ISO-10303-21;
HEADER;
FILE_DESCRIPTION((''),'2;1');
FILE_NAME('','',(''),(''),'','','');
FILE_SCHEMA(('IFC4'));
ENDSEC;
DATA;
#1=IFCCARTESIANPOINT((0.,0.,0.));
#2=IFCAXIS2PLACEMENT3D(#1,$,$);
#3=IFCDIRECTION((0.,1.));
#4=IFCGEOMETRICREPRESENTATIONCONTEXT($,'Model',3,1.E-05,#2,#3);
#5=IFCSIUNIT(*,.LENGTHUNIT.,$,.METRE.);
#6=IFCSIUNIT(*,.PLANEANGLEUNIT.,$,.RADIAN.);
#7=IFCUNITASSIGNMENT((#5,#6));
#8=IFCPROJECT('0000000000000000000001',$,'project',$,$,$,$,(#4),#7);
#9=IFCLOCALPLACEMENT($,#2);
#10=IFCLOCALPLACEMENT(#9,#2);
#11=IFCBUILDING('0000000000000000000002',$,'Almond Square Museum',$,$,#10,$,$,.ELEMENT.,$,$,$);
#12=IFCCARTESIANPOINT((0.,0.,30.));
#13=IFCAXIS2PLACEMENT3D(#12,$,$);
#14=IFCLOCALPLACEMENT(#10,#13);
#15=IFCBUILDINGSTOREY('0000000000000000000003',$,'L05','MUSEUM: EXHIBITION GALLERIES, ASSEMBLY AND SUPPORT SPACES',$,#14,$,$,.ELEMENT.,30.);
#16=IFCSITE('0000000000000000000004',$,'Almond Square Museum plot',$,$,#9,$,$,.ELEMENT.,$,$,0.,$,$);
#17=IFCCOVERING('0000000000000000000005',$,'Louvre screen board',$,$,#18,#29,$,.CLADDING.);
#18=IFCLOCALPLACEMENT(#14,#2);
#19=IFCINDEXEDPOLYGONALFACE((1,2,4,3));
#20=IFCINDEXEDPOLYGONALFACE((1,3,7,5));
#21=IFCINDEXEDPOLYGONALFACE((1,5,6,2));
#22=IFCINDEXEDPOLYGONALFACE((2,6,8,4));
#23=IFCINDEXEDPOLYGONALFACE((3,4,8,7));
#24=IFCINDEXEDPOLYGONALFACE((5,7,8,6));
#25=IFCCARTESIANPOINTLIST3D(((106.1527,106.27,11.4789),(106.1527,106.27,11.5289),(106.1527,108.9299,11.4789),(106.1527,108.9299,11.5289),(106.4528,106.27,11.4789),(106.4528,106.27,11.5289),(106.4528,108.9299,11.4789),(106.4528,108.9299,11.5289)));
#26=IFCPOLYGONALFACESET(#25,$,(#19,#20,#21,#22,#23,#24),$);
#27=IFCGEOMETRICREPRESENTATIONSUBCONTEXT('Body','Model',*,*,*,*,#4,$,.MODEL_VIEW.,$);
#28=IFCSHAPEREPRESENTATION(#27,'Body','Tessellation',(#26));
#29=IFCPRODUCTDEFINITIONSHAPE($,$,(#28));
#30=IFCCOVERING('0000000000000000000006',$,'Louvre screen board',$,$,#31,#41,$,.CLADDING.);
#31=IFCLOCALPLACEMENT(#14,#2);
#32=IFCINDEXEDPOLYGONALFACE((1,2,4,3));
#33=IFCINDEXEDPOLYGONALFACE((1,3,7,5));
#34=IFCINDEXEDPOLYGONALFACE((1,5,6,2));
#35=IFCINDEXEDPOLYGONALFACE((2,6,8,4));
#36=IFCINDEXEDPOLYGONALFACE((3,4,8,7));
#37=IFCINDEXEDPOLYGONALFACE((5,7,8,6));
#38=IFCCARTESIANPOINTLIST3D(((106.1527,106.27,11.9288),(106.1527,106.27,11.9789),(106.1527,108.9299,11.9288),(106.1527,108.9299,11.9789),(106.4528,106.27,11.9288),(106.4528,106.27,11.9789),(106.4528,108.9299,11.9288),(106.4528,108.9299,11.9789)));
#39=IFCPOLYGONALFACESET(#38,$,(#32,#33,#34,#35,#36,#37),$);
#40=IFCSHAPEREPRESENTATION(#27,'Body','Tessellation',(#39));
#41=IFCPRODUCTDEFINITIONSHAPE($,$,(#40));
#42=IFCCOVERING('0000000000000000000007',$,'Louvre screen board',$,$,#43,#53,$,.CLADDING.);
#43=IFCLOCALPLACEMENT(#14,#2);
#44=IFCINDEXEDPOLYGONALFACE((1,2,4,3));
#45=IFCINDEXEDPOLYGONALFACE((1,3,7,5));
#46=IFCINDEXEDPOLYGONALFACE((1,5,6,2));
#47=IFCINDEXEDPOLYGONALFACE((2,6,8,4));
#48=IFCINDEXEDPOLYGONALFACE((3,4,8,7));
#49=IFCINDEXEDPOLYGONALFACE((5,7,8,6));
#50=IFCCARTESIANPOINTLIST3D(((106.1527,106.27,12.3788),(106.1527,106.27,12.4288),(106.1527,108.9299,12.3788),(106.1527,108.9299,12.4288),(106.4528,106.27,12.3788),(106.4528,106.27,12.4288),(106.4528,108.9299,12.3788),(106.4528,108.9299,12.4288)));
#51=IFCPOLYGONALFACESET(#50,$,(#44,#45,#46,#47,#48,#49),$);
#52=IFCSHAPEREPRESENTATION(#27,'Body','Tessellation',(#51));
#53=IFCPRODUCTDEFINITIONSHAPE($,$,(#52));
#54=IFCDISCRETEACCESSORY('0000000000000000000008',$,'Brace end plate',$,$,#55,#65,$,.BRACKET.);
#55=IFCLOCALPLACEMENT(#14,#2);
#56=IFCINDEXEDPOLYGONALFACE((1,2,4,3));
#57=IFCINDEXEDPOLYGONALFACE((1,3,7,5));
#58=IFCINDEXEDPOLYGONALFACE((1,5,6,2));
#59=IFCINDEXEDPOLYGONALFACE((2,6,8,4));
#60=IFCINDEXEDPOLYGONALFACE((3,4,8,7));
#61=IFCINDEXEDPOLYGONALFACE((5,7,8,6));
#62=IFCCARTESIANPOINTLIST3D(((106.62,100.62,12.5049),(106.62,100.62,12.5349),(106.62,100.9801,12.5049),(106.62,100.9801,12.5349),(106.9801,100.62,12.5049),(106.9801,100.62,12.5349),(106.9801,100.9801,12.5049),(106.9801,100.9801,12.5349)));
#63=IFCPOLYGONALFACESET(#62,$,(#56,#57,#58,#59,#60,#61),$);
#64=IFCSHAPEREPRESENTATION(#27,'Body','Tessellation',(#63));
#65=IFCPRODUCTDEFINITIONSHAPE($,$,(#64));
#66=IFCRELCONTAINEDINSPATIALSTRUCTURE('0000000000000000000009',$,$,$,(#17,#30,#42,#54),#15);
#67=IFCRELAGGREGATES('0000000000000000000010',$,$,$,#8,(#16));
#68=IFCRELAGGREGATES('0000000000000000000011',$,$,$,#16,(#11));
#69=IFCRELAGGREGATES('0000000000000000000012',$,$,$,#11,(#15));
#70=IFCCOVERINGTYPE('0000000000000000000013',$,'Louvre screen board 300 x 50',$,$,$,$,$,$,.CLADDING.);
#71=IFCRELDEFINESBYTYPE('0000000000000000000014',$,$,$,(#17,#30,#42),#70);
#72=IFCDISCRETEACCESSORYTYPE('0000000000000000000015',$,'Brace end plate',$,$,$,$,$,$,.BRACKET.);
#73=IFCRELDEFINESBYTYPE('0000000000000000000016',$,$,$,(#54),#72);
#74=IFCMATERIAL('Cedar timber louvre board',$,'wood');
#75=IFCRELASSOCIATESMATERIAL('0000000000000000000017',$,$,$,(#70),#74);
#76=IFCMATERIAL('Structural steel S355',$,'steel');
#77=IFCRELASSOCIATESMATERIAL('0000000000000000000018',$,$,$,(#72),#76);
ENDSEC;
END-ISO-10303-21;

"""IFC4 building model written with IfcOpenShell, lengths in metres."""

from ifc_helpers import new_model, si_unit, direction, frame, origin, origin_2d, place, context, subcontext, project, spatial, rectangle, extrude, material, material_profile, profile_set, type_object, element, save


model = new_model("IFC4")

# Units and contexts
model_context = context("Model", 3, precision=1e-05, world=origin(), true_north=direction((0.0, 1.0)))
body_context = subcontext(model_context, "Body", "Model", "MODEL_VIEW")
ifc_project = project(units=[si_unit("LENGTHUNIT", "METRE"), si_unit("PLANEANGLEUNIT", "RADIAN")], contexts=[model_context])

# Site, building, storey
site_placement = place(None, origin())
site = spatial("IfcSite", under=ifc_project, at=site_placement, Name="Almond Square Museum plot", CompositionType="ELEMENT", RefElevation=0.0)
building_placement = place(site_placement, origin())
building = spatial("IfcBuilding", under=site, at=building_placement, Name="Almond Square Museum", CompositionType="ELEMENT")
storey_placement = place(building_placement, frame((0.0, 0.0, 30.0)))
storey = spatial("IfcBuildingStorey", under=building, at=storey_placement, Name="L05", Description="MUSEUM: EXHIBITION GALLERIES, ASSEMBLY AND SUPPORT SPACES", CompositionType="ELEMENT", Elevation=30.0)

# Coverings
ifc_material_1 = material(Name="Cedar timber louvre board", Category="wood")
ifc_material_profile_1 = material_profile(ifc_material_1, rectangle(XDim=0.3, YDim=0.05, at=origin_2d()))
ifc_profile_set_1 = profile_set([ifc_material_profile_1], Name="Cedar timber louvre board")
covering_type_1 = type_object("IfcCoveringType", Name="Louvre screen board 300 x 50", PredefinedType="CLADDING", material=ifc_profile_set_1)
for number, where, z_axis, x_axis, name in (
    (1, (106.3027, 106.27, 11.5039), (0.0, 1.0, 0.0), (-1.0, 0.0, 0.0), "Louvre screen board"),
    (2, (106.3027, 106.27, 11.9539), (0.0, 1.0, 0.0), (-1.0, 0.0, 0.0), "Louvre screen board"),
    (3, (106.3027, 106.27, 12.4038), (0.0, 1.0, 0.0), (-1.0, 0.0, 0.0), "Louvre screen board"),
):
    element("IfcCovering", number, at=place(storey_placement, frame(where, z_axis=z_axis, x_axis=x_axis)), inside=storey, type_object=covering_type_1, Name=name, PredefinedType="CLADDING", context=body_context, shape_type="SweptSolid", body=[
        extrude(rectangle(XDim=0.3, YDim=0.05, at=origin_2d()), origin(), (0.0, 0.0, 1.0), 2.6599),
    ])

# Discrete accessory
ifc_material_2 = material(Name="Structural steel S355", Category="steel")
discrete_accessory_type = type_object("IfcDiscreteAccessoryType", Name="Brace end plate", PredefinedType="BRACKET", material=ifc_material_2)
discrete_accessory_placement = place(storey_placement, frame((106.8, 100.8, 12.5049), z_axis=(0.0, 0.0, 1.0), x_axis=(1.0, 0.0, 0.0)))
element("IfcDiscreteAccessory", 4, at=discrete_accessory_placement, inside=storey, type_object=discrete_accessory_type, Name="Brace end plate", PredefinedType="BRACKET", context=body_context, shape_type="SweptSolid", body=[
    extrude(rectangle(XDim=0.3601, YDim=0.3601, at=origin_2d()), origin(), (0.0, 0.0, 1.0), 0.03),
])

save(model, "model.ifc")
